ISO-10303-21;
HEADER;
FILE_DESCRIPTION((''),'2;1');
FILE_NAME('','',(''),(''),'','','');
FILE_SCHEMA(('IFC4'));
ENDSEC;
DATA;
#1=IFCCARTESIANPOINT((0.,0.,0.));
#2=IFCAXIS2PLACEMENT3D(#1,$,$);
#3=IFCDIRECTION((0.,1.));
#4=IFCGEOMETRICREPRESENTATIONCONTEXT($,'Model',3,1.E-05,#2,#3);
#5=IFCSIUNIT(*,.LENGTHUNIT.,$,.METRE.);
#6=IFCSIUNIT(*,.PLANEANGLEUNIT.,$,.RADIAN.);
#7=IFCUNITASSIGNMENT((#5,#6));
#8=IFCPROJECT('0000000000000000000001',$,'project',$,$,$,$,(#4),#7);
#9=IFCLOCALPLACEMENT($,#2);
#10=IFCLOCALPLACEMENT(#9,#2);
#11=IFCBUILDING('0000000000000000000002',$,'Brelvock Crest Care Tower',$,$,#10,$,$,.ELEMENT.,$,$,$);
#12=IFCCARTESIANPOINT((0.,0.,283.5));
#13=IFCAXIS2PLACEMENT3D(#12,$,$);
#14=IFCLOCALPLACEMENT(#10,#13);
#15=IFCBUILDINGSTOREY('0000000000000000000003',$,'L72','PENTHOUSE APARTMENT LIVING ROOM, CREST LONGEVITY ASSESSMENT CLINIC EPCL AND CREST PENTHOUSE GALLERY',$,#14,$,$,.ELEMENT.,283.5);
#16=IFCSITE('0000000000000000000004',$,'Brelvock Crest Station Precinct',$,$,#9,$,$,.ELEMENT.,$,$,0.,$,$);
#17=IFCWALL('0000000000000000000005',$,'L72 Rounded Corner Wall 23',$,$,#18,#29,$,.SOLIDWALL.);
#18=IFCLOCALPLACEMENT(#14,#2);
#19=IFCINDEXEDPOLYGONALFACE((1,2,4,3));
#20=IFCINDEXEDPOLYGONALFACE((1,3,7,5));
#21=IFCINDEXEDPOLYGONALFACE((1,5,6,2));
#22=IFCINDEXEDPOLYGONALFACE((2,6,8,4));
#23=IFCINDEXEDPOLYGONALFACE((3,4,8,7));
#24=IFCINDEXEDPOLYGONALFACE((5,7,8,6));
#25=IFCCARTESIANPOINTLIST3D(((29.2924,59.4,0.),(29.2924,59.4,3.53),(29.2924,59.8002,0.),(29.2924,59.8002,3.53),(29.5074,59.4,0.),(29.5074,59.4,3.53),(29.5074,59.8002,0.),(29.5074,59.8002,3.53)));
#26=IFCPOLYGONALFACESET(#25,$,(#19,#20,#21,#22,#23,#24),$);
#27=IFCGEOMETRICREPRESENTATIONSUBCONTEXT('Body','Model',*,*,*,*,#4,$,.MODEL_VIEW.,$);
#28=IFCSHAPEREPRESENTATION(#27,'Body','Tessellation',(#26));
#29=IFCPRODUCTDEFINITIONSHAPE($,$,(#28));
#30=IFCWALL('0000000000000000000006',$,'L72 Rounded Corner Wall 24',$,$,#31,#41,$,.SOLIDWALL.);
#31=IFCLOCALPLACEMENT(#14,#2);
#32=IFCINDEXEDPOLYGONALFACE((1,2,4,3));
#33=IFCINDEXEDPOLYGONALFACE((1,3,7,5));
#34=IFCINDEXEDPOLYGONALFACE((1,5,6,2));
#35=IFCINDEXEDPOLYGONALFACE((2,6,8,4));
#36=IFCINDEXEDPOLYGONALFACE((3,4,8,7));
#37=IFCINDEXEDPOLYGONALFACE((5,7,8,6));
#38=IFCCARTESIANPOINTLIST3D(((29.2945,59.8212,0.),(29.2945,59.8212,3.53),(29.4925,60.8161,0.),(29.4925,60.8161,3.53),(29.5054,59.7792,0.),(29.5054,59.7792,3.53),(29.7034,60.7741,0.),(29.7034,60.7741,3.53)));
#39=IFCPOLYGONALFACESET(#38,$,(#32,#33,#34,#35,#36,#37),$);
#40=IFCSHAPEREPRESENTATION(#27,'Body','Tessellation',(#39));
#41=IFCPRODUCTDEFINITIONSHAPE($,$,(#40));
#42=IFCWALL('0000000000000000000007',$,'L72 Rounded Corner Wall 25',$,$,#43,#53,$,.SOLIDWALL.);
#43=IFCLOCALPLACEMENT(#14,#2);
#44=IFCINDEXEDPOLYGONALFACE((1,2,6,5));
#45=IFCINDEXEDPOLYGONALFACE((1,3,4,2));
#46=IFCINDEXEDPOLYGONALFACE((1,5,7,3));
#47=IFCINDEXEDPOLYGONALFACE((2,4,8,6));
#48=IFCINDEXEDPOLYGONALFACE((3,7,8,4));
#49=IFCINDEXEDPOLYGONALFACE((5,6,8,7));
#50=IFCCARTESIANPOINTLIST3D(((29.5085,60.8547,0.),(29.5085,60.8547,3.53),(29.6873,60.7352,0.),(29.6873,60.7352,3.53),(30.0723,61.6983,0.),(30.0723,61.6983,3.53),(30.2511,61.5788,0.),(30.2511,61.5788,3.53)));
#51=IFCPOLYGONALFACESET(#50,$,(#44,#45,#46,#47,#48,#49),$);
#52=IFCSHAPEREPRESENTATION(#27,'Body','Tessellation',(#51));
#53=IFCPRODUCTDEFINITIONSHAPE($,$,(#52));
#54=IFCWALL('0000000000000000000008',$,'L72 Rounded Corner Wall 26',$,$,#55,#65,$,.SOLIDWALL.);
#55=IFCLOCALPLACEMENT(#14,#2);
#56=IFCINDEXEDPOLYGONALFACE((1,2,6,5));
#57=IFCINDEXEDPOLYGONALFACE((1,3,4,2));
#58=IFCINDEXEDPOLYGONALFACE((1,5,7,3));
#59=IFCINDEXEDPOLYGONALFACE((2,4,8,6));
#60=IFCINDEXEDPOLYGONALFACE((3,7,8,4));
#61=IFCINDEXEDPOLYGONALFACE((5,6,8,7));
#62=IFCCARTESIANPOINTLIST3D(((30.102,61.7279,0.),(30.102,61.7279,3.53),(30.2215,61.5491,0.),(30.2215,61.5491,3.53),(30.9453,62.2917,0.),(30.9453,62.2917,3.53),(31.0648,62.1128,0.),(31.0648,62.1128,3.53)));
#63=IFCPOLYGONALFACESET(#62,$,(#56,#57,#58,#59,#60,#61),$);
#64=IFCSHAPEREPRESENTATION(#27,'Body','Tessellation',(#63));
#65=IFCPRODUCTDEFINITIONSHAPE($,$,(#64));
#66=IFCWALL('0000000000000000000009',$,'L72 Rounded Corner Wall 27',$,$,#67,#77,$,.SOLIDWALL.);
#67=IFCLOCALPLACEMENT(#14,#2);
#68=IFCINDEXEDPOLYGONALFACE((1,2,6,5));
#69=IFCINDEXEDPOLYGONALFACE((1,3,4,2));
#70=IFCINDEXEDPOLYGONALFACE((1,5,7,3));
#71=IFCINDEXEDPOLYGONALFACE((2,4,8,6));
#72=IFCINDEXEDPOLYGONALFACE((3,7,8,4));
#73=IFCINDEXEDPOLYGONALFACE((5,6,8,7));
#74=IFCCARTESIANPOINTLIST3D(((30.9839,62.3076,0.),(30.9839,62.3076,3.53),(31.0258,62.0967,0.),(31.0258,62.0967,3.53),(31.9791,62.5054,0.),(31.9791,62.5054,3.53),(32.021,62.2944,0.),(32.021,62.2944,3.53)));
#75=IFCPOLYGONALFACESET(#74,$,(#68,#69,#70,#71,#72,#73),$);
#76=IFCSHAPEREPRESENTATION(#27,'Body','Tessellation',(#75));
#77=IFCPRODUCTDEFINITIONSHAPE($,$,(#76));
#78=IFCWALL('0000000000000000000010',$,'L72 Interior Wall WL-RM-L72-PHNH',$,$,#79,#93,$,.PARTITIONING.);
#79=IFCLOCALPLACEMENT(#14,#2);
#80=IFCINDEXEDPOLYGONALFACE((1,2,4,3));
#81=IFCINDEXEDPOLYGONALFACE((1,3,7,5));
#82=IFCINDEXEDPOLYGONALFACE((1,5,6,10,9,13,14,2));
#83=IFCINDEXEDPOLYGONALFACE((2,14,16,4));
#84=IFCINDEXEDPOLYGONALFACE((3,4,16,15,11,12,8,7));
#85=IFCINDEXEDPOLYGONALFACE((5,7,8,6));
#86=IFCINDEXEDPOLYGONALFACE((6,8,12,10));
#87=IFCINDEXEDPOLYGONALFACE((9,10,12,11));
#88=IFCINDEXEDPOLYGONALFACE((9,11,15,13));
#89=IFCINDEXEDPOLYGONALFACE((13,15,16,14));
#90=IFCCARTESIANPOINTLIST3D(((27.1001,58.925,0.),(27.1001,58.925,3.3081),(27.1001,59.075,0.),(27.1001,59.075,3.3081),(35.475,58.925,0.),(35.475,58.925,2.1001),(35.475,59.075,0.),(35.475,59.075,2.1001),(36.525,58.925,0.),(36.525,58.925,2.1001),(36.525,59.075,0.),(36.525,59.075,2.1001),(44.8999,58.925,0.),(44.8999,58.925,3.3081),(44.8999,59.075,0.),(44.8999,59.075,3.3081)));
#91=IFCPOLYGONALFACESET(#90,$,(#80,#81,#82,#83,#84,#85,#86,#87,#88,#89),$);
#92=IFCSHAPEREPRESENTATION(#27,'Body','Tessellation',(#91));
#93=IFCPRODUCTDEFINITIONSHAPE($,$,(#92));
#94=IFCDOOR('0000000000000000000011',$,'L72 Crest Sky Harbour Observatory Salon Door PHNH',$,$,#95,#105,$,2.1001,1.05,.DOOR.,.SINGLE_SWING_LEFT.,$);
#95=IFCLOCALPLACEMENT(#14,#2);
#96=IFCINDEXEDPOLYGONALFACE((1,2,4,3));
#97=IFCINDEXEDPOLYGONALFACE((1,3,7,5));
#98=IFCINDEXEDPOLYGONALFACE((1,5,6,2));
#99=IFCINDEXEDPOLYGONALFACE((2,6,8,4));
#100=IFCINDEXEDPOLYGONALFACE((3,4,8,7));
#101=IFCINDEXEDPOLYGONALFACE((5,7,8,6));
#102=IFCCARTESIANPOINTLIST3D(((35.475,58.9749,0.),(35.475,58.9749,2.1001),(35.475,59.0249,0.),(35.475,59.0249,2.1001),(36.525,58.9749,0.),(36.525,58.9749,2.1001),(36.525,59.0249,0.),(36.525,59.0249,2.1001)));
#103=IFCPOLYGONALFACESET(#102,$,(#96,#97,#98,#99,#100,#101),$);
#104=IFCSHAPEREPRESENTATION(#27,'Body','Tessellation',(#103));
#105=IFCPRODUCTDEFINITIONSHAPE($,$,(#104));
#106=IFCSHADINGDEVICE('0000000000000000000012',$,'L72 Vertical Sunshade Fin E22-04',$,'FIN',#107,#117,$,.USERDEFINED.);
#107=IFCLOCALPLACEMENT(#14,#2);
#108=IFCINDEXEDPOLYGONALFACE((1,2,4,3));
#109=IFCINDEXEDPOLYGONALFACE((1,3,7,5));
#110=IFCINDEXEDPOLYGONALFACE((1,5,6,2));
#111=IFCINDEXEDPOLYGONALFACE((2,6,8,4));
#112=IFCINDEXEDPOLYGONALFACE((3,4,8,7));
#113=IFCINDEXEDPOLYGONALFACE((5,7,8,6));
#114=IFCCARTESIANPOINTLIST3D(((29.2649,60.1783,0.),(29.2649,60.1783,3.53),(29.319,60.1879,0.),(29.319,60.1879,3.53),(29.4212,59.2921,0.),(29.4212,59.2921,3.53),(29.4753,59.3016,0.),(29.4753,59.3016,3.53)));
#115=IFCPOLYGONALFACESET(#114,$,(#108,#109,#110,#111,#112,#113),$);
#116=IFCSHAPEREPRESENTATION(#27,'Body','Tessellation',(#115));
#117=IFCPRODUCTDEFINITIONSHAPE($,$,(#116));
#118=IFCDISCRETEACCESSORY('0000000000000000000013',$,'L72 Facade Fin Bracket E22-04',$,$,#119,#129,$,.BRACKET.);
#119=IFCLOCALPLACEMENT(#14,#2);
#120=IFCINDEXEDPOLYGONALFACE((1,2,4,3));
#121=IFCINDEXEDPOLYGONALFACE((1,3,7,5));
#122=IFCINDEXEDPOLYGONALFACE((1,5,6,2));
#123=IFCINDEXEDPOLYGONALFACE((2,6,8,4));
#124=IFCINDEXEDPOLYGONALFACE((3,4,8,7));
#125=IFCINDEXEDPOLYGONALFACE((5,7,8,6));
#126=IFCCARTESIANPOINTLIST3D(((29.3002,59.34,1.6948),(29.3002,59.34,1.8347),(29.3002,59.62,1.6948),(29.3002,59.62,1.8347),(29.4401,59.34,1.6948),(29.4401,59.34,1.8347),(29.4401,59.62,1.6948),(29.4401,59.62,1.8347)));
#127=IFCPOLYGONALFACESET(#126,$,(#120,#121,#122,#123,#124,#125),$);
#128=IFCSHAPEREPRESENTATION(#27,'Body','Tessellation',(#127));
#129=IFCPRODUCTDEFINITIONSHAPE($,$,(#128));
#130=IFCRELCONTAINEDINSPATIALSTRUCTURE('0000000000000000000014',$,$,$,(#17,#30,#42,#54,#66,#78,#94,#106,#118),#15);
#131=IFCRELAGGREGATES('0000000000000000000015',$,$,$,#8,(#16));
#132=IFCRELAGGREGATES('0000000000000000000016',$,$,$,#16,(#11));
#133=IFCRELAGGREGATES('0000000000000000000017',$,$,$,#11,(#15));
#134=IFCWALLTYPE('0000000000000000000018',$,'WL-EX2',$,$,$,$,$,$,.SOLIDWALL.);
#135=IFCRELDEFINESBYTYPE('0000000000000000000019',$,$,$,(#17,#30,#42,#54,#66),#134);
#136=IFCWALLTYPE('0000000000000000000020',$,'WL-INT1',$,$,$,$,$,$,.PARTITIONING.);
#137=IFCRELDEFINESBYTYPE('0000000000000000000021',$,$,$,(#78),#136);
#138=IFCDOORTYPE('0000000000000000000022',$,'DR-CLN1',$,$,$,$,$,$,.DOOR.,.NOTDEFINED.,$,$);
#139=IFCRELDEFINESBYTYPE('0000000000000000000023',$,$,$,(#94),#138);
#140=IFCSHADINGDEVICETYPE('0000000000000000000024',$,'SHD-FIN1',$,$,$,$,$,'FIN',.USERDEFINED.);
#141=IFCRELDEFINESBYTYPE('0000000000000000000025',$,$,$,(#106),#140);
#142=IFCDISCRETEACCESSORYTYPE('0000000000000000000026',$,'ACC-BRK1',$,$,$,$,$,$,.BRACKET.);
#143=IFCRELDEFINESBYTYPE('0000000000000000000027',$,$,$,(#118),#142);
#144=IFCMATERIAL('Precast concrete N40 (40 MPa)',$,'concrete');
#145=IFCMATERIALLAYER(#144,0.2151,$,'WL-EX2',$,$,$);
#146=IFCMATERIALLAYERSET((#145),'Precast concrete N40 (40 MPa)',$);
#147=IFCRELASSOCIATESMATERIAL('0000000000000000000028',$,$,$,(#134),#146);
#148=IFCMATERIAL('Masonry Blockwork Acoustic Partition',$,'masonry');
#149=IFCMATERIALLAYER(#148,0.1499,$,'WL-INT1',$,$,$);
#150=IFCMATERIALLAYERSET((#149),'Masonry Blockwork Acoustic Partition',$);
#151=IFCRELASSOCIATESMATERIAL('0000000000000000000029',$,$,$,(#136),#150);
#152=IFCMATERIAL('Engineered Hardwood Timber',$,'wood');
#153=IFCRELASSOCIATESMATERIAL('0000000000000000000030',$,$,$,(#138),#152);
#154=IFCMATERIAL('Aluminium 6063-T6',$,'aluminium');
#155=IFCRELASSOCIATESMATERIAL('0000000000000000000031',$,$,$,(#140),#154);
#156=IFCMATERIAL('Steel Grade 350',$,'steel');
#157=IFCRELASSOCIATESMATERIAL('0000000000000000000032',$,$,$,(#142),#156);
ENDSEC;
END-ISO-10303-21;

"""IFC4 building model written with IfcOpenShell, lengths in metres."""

from ifc_helpers import new_model, si_unit, direction, frame, frame_2d, origin, origin_2d, place, context, subcontext, project, spatial, rectangle, extrude, source, transform, mapped, material, layer, layer_set, material_profile, profile_set, type_object, element, fill, save


model = new_model("IFC4")

# Units and contexts
model_context = context("Model", 3, precision=1e-05, world=origin(), true_north=direction((0.0, 1.0)))
body_context = subcontext(model_context, "Body", "Model", "MODEL_VIEW")
ifc_project = project(units=[si_unit("LENGTHUNIT", "METRE"), si_unit("PLANEANGLEUNIT", "RADIAN")], contexts=[model_context])

# Site, building, storey
site_placement = place(None, origin())
site = spatial("IfcSite", under=ifc_project, at=site_placement, Name="Brelvock Crest Station Precinct", CompositionType="ELEMENT", RefElevation=0.0)
building_placement = place(site_placement, origin())
building = spatial("IfcBuilding", under=site, at=building_placement, Name="Brelvock Crest Care Tower", CompositionType="ELEMENT")
storey_placement = place(building_placement, frame((0.0, 0.0, 283.5)))
storey = spatial("IfcBuildingStorey", under=building, at=storey_placement, Name="L72", Description="PENTHOUSE APARTMENT LIVING ROOM, CREST LONGEVITY ASSESSMENT CLINIC EPCL AND CREST PENTHOUSE GALLERY", CompositionType="ELEMENT", Elevation=283.5)

# Shared definitions
ifc_material_1 = material(Name="Steel Grade 350", Category="steel")

# Shared definitions
ifc_material_2 = material(Name="Aluminium 6063-T6", Category="aluminium")

# Walls
ifc_material_3 = material(Name="Precast concrete N40 (40 MPa)", Category="concrete")
ifc_layer_1 = layer(ifc_material_3, 0.2151, Name="WL-EX2")
ifc_layer_set_1 = layer_set([ifc_layer_1], Name="Precast concrete N40 (40 MPa)")
wall_type_1 = type_object("IfcWallType", Name="WL-EX2", PredefinedType="SOLIDWALL", material=ifc_layer_set_1)
wall_1_placement = place(storey_placement, frame((29.3999, 59.3999, 0.0), z_axis=(0.0, 0.0, 1.0), x_axis=(0.0, 1.0, 0.0)))
element("IfcWall", 1, at=wall_1_placement, inside=storey, type_object=wall_type_1, Name="L72 Rounded Corner Wall 23", PredefinedType="SOLIDWALL", context=body_context, shape_type="SweptSolid", body=[
    extrude(rectangle(XDim=0.4001, YDim=0.2151, at=frame_2d((0.2002, 0.0))), origin(), (0.0, 0.0, 1.0), 3.53),
])
wall_2_placement = place(storey_placement, frame((29.3999, 59.8, 0.0), z_axis=(0.0, 0.0, 1.0), x_axis=(0.19519, 0.980765, 0.0)))
element("IfcWall", 2, at=wall_2_placement, inside=storey, type_object=wall_type_1, Name="L72 Rounded Corner Wall 24", PredefinedType="SOLIDWALL", context=body_context, shape_type="SweptSolid", body=[
    extrude(rectangle(XDim=1.0144, YDim=0.2151, at=frame_2d((0.5073, 0.0))), origin(), (0.0, 0.0, 1.0), 3.53),
])
wall_3_placement = place(storey_placement, frame((29.5979, 60.7949, 0.0), z_axis=(0.0, 0.0, 1.0), x_axis=(0.555644, 0.83142, 0.0)))
element("IfcWall", 3, at=wall_3_placement, inside=storey, type_object=wall_type_1, Name="L72 Rounded Corner Wall 25", PredefinedType="SOLIDWALL", context=body_context, shape_type="SweptSolid", body=[
    extrude(rectangle(XDim=1.0146, YDim=0.2151, at=frame_2d((0.5073, 0.0))), origin(), (0.0, 0.0, 1.0), 3.53),
])
wall_4_placement = place(storey_placement, frame((30.1616, 61.6384, 0.0), z_axis=(0.0, 0.0, 1.0), x_axis=(0.831346, 0.555755, 0.0)))
element("IfcWall", 4, at=wall_4_placement, inside=storey, type_object=wall_type_1, Name="L72 Rounded Corner Wall 26", PredefinedType="SOLIDWALL", context=body_context, shape_type="SweptSolid", body=[
    extrude(rectangle(XDim=1.0144, YDim=0.2151, at=frame_2d((0.5073, 0.0))), origin(), (0.0, 0.0, 1.0), 3.53),
])
wall_5_placement = place(storey_placement, frame((31.0049, 62.2021, 0.0), z_axis=(0.0, 0.0, 1.0), x_axis=(0.980821, 0.194913, 0.0)))
element("IfcWall", 5, at=wall_5_placement, inside=storey, type_object=wall_type_1, Name="L72 Rounded Corner Wall 27", PredefinedType="SOLIDWALL", context=body_context, shape_type="SweptSolid", body=[
    extrude(rectangle(XDim=1.0146, YDim=0.2151, at=frame_2d((0.5073, 0.0))), origin(), (0.0, 0.0, 1.0), 3.53),
])

# Wall, opening, door
ifc_material_4 = material(Name="Masonry Blockwork Acoustic Partition", Category="masonry")
ifc_layer_2 = layer(ifc_material_4, 0.1499, Name="WL-INT1")
ifc_layer_set_2 = layer_set([ifc_layer_2], Name="Masonry Blockwork Acoustic Partition")
wall_type_2 = type_object("IfcWallType", Name="WL-INT1", PredefinedType="PARTITIONING", material=ifc_layer_set_2)
wall_6_placement = place(storey_placement, frame((27.1001, 59.0, 0.0), z_axis=(0.0, 0.0, 1.0), x_axis=(1.0, 0.0, 0.0)))
wall_6 = element("IfcWall", 6, at=wall_6_placement, inside=storey, type_object=wall_type_2, Name="L72 Interior Wall WL-RM-L72-PHNH", PredefinedType="PARTITIONING", context=body_context, shape_type="SweptSolid", body=[
    extrude(rectangle(XDim=17.7998, YDim=0.1499, at=frame_2d((8.8999, 0.0))), origin(), (0.0, 0.0, 1.0), 3.3081),
])
opening_placement = place(wall_6_placement, frame((8.375, 0.0, 0.0)))
opening = element("IfcOpeningElement", 7, at=opening_placement, cuts=wall_6, PredefinedType="OPENING", context=body_context, shape_type="SweptSolid", body=[
    extrude(rectangle(XDim=1.05, YDim=2.1001, at=origin_2d()), frame((0.5249, 0.085, 1.05), z_axis=(0.0, -1.0, 0.0), x_axis=(1.0, 0.0, 0.0)), (0.0, 0.0, 1.0), 0.1699),
])
ifc_material_5 = material(Name="Engineered Hardwood Timber", Category="wood")
door_type = type_object("IfcDoorType", Name="DR-CLN1", OperationType="NOTDEFINED", PredefinedType="DOOR", material=ifc_material_5)
shared_shape_1 = source(origin(), body_context, "Body", "SweptSolid", [
    extrude(rectangle(XDim=1.05, YDim=2.1001, at=origin_2d()), frame((0.5249, 0.0249, 1.05), z_axis=(0.0, -1.0, 0.0), x_axis=(1.0, 0.0, 0.0)), (0.0, 0.0, 1.0), 0.05),
])
door_placement = place(opening_placement, origin())
door = element("IfcDoor", 8, at=door_placement, inside=storey, type_object=door_type, Name="L72 Crest Sky Harbour Observatory Salon Door PHNH", OperationType="SINGLE_SWING_LEFT", OverallHeight=2.1001, OverallWidth=1.05, PredefinedType="DOOR", context=body_context, shape_type="MappedRepresentation", body=[
    mapped(shared_shape_1, transform((0.0, 0.0, 0.0), x_axis=(1.0, 0.0, 0.0), y_axis=(0.0, 1.0, 0.0), z_axis=(0.0, 0.0, 1.0), scale=1.0)),
])
fill(opening, door)

# Shading device
ifc_material_profile_1 = material_profile(ifc_material_2, rectangle(XDim=0.0549, YDim=0.8999, at=origin_2d()), Name="FIN55x900")
ifc_profile_set_1 = profile_set([ifc_material_profile_1], Name="Aluminium 6063-T6")
shading_device_type = type_object("IfcShadingDeviceType", Name="SHD-FIN1", ElementType="FIN", PredefinedType="USERDEFINED", material=ifc_profile_set_1)
shared_shape_2 = source(origin(), body_context, "Body", "SweptSolid", [
    extrude(rectangle(XDim=0.0549, YDim=0.8999, at=origin_2d()), origin(), (0.0, 0.0, 1.0), 3.53),
])
shading_device_placement = place(storey_placement, frame((29.3701, 59.74, 0.0), z_axis=(0.0, 0.0, 1.0), x_axis=(0.984808, 0.173648, 0.0)))
element("IfcShadingDevice", 9, at=shading_device_placement, inside=storey, type_object=shading_device_type, Name="L72 Vertical Sunshade Fin E22-04", ObjectType="FIN", PredefinedType="USERDEFINED", context=body_context, shape_type="MappedRepresentation", body=[
    mapped(shared_shape_2, transform((0.0, 0.0, 0.0), x_axis=(1.0, 0.0, 0.0), y_axis=(0.0, 1.0, 0.0), z_axis=(0.0, 0.0, 1.0), scale=1.0)),
])

# Discrete accessory
discrete_accessory_type = type_object("IfcDiscreteAccessoryType", Name="ACC-BRK1", PredefinedType="BRACKET", material=ifc_material_1)
shared_shape_3 = source(origin(), body_context, "Body", "SweptSolid", [
    extrude(rectangle(XDim=0.28, YDim=0.1399, at=origin_2d()), origin(), (0.0, 0.0, 1.0), 0.1399),
])
discrete_accessory_placement = place(storey_placement, frame((29.3701, 59.48, 1.6948), z_axis=(0.0, 0.0, 1.0), x_axis=(0.0, 1.0, 0.0)))
element("IfcDiscreteAccessory", 10, at=discrete_accessory_placement, inside=storey, type_object=discrete_accessory_type, Name="L72 Facade Fin Bracket E22-04", PredefinedType="BRACKET", context=body_context, shape_type="MappedRepresentation", body=[
    mapped(shared_shape_3, transform((0.0, 0.0, 0.0), x_axis=(1.0, 0.0, 0.0), y_axis=(0.0, 1.0, 0.0), z_axis=(0.0, 0.0, 1.0), scale=1.0)),
])

save(model, "model.ifc")
